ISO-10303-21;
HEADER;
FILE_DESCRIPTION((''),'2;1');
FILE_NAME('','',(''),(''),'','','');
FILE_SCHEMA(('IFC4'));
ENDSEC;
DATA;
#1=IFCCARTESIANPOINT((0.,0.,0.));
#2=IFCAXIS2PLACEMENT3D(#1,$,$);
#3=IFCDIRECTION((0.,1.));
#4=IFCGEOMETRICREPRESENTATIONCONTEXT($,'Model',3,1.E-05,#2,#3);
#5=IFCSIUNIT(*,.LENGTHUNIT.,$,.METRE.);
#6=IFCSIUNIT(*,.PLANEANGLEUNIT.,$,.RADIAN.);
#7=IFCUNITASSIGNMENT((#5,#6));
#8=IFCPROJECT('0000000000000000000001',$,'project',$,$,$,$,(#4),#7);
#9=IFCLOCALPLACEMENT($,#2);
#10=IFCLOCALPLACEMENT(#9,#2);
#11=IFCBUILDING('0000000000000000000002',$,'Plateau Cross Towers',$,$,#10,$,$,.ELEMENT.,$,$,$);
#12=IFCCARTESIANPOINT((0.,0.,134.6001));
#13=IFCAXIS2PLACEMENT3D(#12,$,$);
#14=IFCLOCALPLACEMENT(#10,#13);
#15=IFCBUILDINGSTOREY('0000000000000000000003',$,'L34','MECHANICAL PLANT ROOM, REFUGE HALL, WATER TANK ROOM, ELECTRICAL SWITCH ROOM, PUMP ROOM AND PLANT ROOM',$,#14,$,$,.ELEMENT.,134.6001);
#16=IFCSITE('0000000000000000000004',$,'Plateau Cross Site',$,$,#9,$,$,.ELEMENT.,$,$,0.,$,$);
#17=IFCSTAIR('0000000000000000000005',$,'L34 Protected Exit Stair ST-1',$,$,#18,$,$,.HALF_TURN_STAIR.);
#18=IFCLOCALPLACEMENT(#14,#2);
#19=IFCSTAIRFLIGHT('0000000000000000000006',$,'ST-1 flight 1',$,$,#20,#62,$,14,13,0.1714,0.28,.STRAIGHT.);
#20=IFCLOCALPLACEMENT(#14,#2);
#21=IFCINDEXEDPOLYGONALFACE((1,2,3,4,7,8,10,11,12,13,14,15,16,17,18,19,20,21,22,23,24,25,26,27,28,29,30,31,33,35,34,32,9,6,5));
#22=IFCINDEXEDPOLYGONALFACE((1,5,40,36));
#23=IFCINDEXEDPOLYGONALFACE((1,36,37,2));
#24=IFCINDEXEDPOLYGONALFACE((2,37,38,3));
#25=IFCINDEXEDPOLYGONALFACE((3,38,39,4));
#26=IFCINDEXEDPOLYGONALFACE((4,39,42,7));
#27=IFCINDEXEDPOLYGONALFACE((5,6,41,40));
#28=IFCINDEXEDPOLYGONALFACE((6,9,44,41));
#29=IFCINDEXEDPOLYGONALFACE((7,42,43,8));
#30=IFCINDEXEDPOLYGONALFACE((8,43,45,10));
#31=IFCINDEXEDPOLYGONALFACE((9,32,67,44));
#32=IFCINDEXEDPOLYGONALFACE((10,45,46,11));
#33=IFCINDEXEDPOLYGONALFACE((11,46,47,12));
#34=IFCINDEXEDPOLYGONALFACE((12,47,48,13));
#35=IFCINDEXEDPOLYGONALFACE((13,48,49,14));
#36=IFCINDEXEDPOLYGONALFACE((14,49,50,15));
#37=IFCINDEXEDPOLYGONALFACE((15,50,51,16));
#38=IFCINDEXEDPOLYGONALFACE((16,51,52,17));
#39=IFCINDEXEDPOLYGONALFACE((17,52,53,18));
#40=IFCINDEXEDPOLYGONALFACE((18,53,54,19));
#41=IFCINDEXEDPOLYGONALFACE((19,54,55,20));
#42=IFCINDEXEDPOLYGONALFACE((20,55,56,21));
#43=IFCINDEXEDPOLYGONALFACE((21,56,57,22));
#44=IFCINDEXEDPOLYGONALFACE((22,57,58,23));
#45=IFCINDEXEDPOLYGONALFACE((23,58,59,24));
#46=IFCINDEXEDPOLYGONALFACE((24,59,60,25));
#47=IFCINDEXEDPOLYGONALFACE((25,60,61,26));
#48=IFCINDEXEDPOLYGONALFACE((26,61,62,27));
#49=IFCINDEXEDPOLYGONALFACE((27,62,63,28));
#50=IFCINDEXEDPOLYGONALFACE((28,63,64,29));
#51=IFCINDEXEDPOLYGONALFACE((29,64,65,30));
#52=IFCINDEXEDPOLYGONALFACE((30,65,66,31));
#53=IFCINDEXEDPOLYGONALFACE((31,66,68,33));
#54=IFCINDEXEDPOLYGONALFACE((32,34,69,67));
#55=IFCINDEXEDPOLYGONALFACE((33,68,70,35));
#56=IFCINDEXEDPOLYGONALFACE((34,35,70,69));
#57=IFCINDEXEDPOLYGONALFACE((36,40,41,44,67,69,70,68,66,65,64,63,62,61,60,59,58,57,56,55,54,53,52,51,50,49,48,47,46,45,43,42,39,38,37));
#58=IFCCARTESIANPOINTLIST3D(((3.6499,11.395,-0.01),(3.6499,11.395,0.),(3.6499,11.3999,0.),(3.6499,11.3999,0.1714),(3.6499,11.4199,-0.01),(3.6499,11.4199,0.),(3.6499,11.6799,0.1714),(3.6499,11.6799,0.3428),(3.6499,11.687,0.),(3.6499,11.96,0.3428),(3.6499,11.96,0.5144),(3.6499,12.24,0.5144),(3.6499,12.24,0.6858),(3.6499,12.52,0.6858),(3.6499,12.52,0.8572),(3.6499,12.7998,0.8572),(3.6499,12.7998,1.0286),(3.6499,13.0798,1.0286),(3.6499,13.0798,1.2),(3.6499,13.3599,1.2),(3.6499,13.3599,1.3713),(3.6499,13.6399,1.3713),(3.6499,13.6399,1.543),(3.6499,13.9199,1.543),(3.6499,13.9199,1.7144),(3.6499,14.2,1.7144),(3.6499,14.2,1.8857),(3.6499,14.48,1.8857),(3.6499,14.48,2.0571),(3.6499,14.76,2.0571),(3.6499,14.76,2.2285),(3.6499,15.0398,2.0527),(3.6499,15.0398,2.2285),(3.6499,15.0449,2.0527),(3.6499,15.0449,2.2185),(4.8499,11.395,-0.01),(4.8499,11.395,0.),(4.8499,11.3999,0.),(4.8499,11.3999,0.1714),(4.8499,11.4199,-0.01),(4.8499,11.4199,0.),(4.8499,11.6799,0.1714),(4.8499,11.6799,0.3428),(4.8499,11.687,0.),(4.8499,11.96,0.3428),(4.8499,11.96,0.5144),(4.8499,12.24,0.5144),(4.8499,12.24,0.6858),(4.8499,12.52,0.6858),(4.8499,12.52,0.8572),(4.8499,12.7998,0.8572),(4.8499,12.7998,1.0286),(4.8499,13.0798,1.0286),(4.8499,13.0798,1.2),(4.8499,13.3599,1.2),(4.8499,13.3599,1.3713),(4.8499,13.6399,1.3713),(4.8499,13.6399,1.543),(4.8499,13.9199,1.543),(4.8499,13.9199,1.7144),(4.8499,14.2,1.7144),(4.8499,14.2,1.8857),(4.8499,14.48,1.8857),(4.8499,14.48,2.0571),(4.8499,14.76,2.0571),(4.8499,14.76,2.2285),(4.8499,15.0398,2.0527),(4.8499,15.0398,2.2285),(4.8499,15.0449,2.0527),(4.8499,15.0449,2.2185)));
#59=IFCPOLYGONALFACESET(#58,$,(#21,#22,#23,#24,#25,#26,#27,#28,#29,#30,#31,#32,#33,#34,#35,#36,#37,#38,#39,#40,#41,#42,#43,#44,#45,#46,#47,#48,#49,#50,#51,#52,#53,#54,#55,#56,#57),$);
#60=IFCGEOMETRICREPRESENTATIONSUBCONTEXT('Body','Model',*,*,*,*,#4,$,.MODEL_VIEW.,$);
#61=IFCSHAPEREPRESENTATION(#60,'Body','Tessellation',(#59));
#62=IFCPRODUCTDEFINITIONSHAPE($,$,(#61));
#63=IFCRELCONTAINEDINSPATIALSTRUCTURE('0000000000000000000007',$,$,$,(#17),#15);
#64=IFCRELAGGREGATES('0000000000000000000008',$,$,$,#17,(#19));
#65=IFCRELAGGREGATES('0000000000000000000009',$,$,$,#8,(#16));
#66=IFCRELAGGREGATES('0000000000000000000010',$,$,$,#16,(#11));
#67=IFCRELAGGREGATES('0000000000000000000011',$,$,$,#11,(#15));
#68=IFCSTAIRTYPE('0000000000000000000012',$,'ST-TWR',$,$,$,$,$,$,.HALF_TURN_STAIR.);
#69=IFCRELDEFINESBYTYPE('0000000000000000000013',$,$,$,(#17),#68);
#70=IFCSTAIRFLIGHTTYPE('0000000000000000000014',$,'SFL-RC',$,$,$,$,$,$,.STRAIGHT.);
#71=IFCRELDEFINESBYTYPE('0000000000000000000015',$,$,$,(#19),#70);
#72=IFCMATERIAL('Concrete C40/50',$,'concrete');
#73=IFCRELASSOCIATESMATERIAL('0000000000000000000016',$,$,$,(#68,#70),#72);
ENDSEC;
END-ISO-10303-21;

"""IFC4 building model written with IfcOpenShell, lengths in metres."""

from ifc_helpers import new_model, si_unit, direction, frame, origin, place, context, subcontext, project, spatial, polyline, outline, extrude, material, type_object, element, aggregate, save


model = new_model("IFC4")

# Units and contexts
model_context = context("Model", 3, precision=1e-05, world=origin(), true_north=direction((0.0, 1.0)))
body_context = subcontext(model_context, "Body", "Model", "MODEL_VIEW")
ifc_project = project(units=[si_unit("LENGTHUNIT", "METRE"), si_unit("PLANEANGLEUNIT", "RADIAN")], contexts=[model_context])

# Site, building, storey
site_placement = place(None, origin())
site = spatial("IfcSite", under=ifc_project, at=site_placement, Name="Plateau Cross Site", CompositionType="ELEMENT", RefElevation=0.0)
building_placement = place(site_placement, origin())
building = spatial("IfcBuilding", under=site, at=building_placement, Name="Plateau Cross Towers", CompositionType="ELEMENT")
storey_placement = place(building_placement, frame((0.0, 0.0, 134.6001)))
storey = spatial("IfcBuildingStorey", under=building, at=storey_placement, Name="L34", Description="MECHANICAL PLANT ROOM, REFUGE HALL, WATER TANK ROOM, ELECTRICAL SWITCH ROOM, PUMP ROOM AND PLANT ROOM", CompositionType="ELEMENT", Elevation=134.6001)

# Stair, stair flight
ifc_material_1 = material(Name="Concrete C40/50", Category="concrete")
stair_type = type_object("IfcStairType", Name="ST-TWR", PredefinedType="HALF_TURN_STAIR", material=ifc_material_1)
stair_placement = place(storey_placement, origin())
stair = element("IfcStair", 1, at=stair_placement, inside=storey, type_object=stair_type, Name="L34 Protected Exit Stair ST-1", PredefinedType="HALF_TURN_STAIR")
stair_flight_type = type_object("IfcStairFlightType", Name="SFL-RC", PredefinedType="STRAIGHT", material=ifc_material_1)
stair_flight_placement = place(storey_placement, frame((4.25, 11.3999, 0.0), z_axis=(0.0, 0.0, 1.0), x_axis=(0.0, 1.0, 0.0)))
stair_flight = element("IfcStairFlight", 2, at=stair_flight_placement, type_object=stair_flight_type, Name="ST-1 flight 1", NumberOfRisers=14, NumberOfTreads=13, PredefinedType="STRAIGHT", RiserHeight=0.1714, TreadLength=0.28, context=body_context, shape_type="SweptSolid", body=[
    extrude(outline(polyline([(-0.0049, -0.01), (-0.0049, 0.0), (0.0, 0.0), (0.0, 0.1714), (0.28, 0.1714), (0.28, 0.3428), (0.5601, 0.3428), (0.5601, 0.5144), (0.8401, 0.5144), (0.8401, 0.6858), (1.1201, 0.6858), (1.1201, 0.8572), (1.3999, 0.8572), (1.3999, 1.0286), (1.6799, 1.0286), (1.6799, 1.2), (1.96, 1.2), (1.96, 1.3713), (2.24, 1.3713), (2.24, 1.543), (2.52, 1.543), (2.52, 1.7144), (2.8, 1.7144), (2.8, 1.8857), (3.0801, 1.8857), (3.0801, 2.0571), (3.3601, 2.0571), (3.3601, 2.2285), (3.6399, 2.2285), (3.645, 2.2185), (3.645, 2.0527), (3.6399, 2.0527), (0.2871, 0.0), (0.02, 0.0), (0.02, -0.01), (-0.0049, -0.01)])), frame((0.0, 0.6001, 0.0), z_axis=(0.0, -1.0, 0.0), x_axis=(1.0, 0.0, 0.0)), (0.0, 0.0, 1.0), 1.2),
])
aggregate(stair, [stair_flight])

save(model, "model.ifc")
